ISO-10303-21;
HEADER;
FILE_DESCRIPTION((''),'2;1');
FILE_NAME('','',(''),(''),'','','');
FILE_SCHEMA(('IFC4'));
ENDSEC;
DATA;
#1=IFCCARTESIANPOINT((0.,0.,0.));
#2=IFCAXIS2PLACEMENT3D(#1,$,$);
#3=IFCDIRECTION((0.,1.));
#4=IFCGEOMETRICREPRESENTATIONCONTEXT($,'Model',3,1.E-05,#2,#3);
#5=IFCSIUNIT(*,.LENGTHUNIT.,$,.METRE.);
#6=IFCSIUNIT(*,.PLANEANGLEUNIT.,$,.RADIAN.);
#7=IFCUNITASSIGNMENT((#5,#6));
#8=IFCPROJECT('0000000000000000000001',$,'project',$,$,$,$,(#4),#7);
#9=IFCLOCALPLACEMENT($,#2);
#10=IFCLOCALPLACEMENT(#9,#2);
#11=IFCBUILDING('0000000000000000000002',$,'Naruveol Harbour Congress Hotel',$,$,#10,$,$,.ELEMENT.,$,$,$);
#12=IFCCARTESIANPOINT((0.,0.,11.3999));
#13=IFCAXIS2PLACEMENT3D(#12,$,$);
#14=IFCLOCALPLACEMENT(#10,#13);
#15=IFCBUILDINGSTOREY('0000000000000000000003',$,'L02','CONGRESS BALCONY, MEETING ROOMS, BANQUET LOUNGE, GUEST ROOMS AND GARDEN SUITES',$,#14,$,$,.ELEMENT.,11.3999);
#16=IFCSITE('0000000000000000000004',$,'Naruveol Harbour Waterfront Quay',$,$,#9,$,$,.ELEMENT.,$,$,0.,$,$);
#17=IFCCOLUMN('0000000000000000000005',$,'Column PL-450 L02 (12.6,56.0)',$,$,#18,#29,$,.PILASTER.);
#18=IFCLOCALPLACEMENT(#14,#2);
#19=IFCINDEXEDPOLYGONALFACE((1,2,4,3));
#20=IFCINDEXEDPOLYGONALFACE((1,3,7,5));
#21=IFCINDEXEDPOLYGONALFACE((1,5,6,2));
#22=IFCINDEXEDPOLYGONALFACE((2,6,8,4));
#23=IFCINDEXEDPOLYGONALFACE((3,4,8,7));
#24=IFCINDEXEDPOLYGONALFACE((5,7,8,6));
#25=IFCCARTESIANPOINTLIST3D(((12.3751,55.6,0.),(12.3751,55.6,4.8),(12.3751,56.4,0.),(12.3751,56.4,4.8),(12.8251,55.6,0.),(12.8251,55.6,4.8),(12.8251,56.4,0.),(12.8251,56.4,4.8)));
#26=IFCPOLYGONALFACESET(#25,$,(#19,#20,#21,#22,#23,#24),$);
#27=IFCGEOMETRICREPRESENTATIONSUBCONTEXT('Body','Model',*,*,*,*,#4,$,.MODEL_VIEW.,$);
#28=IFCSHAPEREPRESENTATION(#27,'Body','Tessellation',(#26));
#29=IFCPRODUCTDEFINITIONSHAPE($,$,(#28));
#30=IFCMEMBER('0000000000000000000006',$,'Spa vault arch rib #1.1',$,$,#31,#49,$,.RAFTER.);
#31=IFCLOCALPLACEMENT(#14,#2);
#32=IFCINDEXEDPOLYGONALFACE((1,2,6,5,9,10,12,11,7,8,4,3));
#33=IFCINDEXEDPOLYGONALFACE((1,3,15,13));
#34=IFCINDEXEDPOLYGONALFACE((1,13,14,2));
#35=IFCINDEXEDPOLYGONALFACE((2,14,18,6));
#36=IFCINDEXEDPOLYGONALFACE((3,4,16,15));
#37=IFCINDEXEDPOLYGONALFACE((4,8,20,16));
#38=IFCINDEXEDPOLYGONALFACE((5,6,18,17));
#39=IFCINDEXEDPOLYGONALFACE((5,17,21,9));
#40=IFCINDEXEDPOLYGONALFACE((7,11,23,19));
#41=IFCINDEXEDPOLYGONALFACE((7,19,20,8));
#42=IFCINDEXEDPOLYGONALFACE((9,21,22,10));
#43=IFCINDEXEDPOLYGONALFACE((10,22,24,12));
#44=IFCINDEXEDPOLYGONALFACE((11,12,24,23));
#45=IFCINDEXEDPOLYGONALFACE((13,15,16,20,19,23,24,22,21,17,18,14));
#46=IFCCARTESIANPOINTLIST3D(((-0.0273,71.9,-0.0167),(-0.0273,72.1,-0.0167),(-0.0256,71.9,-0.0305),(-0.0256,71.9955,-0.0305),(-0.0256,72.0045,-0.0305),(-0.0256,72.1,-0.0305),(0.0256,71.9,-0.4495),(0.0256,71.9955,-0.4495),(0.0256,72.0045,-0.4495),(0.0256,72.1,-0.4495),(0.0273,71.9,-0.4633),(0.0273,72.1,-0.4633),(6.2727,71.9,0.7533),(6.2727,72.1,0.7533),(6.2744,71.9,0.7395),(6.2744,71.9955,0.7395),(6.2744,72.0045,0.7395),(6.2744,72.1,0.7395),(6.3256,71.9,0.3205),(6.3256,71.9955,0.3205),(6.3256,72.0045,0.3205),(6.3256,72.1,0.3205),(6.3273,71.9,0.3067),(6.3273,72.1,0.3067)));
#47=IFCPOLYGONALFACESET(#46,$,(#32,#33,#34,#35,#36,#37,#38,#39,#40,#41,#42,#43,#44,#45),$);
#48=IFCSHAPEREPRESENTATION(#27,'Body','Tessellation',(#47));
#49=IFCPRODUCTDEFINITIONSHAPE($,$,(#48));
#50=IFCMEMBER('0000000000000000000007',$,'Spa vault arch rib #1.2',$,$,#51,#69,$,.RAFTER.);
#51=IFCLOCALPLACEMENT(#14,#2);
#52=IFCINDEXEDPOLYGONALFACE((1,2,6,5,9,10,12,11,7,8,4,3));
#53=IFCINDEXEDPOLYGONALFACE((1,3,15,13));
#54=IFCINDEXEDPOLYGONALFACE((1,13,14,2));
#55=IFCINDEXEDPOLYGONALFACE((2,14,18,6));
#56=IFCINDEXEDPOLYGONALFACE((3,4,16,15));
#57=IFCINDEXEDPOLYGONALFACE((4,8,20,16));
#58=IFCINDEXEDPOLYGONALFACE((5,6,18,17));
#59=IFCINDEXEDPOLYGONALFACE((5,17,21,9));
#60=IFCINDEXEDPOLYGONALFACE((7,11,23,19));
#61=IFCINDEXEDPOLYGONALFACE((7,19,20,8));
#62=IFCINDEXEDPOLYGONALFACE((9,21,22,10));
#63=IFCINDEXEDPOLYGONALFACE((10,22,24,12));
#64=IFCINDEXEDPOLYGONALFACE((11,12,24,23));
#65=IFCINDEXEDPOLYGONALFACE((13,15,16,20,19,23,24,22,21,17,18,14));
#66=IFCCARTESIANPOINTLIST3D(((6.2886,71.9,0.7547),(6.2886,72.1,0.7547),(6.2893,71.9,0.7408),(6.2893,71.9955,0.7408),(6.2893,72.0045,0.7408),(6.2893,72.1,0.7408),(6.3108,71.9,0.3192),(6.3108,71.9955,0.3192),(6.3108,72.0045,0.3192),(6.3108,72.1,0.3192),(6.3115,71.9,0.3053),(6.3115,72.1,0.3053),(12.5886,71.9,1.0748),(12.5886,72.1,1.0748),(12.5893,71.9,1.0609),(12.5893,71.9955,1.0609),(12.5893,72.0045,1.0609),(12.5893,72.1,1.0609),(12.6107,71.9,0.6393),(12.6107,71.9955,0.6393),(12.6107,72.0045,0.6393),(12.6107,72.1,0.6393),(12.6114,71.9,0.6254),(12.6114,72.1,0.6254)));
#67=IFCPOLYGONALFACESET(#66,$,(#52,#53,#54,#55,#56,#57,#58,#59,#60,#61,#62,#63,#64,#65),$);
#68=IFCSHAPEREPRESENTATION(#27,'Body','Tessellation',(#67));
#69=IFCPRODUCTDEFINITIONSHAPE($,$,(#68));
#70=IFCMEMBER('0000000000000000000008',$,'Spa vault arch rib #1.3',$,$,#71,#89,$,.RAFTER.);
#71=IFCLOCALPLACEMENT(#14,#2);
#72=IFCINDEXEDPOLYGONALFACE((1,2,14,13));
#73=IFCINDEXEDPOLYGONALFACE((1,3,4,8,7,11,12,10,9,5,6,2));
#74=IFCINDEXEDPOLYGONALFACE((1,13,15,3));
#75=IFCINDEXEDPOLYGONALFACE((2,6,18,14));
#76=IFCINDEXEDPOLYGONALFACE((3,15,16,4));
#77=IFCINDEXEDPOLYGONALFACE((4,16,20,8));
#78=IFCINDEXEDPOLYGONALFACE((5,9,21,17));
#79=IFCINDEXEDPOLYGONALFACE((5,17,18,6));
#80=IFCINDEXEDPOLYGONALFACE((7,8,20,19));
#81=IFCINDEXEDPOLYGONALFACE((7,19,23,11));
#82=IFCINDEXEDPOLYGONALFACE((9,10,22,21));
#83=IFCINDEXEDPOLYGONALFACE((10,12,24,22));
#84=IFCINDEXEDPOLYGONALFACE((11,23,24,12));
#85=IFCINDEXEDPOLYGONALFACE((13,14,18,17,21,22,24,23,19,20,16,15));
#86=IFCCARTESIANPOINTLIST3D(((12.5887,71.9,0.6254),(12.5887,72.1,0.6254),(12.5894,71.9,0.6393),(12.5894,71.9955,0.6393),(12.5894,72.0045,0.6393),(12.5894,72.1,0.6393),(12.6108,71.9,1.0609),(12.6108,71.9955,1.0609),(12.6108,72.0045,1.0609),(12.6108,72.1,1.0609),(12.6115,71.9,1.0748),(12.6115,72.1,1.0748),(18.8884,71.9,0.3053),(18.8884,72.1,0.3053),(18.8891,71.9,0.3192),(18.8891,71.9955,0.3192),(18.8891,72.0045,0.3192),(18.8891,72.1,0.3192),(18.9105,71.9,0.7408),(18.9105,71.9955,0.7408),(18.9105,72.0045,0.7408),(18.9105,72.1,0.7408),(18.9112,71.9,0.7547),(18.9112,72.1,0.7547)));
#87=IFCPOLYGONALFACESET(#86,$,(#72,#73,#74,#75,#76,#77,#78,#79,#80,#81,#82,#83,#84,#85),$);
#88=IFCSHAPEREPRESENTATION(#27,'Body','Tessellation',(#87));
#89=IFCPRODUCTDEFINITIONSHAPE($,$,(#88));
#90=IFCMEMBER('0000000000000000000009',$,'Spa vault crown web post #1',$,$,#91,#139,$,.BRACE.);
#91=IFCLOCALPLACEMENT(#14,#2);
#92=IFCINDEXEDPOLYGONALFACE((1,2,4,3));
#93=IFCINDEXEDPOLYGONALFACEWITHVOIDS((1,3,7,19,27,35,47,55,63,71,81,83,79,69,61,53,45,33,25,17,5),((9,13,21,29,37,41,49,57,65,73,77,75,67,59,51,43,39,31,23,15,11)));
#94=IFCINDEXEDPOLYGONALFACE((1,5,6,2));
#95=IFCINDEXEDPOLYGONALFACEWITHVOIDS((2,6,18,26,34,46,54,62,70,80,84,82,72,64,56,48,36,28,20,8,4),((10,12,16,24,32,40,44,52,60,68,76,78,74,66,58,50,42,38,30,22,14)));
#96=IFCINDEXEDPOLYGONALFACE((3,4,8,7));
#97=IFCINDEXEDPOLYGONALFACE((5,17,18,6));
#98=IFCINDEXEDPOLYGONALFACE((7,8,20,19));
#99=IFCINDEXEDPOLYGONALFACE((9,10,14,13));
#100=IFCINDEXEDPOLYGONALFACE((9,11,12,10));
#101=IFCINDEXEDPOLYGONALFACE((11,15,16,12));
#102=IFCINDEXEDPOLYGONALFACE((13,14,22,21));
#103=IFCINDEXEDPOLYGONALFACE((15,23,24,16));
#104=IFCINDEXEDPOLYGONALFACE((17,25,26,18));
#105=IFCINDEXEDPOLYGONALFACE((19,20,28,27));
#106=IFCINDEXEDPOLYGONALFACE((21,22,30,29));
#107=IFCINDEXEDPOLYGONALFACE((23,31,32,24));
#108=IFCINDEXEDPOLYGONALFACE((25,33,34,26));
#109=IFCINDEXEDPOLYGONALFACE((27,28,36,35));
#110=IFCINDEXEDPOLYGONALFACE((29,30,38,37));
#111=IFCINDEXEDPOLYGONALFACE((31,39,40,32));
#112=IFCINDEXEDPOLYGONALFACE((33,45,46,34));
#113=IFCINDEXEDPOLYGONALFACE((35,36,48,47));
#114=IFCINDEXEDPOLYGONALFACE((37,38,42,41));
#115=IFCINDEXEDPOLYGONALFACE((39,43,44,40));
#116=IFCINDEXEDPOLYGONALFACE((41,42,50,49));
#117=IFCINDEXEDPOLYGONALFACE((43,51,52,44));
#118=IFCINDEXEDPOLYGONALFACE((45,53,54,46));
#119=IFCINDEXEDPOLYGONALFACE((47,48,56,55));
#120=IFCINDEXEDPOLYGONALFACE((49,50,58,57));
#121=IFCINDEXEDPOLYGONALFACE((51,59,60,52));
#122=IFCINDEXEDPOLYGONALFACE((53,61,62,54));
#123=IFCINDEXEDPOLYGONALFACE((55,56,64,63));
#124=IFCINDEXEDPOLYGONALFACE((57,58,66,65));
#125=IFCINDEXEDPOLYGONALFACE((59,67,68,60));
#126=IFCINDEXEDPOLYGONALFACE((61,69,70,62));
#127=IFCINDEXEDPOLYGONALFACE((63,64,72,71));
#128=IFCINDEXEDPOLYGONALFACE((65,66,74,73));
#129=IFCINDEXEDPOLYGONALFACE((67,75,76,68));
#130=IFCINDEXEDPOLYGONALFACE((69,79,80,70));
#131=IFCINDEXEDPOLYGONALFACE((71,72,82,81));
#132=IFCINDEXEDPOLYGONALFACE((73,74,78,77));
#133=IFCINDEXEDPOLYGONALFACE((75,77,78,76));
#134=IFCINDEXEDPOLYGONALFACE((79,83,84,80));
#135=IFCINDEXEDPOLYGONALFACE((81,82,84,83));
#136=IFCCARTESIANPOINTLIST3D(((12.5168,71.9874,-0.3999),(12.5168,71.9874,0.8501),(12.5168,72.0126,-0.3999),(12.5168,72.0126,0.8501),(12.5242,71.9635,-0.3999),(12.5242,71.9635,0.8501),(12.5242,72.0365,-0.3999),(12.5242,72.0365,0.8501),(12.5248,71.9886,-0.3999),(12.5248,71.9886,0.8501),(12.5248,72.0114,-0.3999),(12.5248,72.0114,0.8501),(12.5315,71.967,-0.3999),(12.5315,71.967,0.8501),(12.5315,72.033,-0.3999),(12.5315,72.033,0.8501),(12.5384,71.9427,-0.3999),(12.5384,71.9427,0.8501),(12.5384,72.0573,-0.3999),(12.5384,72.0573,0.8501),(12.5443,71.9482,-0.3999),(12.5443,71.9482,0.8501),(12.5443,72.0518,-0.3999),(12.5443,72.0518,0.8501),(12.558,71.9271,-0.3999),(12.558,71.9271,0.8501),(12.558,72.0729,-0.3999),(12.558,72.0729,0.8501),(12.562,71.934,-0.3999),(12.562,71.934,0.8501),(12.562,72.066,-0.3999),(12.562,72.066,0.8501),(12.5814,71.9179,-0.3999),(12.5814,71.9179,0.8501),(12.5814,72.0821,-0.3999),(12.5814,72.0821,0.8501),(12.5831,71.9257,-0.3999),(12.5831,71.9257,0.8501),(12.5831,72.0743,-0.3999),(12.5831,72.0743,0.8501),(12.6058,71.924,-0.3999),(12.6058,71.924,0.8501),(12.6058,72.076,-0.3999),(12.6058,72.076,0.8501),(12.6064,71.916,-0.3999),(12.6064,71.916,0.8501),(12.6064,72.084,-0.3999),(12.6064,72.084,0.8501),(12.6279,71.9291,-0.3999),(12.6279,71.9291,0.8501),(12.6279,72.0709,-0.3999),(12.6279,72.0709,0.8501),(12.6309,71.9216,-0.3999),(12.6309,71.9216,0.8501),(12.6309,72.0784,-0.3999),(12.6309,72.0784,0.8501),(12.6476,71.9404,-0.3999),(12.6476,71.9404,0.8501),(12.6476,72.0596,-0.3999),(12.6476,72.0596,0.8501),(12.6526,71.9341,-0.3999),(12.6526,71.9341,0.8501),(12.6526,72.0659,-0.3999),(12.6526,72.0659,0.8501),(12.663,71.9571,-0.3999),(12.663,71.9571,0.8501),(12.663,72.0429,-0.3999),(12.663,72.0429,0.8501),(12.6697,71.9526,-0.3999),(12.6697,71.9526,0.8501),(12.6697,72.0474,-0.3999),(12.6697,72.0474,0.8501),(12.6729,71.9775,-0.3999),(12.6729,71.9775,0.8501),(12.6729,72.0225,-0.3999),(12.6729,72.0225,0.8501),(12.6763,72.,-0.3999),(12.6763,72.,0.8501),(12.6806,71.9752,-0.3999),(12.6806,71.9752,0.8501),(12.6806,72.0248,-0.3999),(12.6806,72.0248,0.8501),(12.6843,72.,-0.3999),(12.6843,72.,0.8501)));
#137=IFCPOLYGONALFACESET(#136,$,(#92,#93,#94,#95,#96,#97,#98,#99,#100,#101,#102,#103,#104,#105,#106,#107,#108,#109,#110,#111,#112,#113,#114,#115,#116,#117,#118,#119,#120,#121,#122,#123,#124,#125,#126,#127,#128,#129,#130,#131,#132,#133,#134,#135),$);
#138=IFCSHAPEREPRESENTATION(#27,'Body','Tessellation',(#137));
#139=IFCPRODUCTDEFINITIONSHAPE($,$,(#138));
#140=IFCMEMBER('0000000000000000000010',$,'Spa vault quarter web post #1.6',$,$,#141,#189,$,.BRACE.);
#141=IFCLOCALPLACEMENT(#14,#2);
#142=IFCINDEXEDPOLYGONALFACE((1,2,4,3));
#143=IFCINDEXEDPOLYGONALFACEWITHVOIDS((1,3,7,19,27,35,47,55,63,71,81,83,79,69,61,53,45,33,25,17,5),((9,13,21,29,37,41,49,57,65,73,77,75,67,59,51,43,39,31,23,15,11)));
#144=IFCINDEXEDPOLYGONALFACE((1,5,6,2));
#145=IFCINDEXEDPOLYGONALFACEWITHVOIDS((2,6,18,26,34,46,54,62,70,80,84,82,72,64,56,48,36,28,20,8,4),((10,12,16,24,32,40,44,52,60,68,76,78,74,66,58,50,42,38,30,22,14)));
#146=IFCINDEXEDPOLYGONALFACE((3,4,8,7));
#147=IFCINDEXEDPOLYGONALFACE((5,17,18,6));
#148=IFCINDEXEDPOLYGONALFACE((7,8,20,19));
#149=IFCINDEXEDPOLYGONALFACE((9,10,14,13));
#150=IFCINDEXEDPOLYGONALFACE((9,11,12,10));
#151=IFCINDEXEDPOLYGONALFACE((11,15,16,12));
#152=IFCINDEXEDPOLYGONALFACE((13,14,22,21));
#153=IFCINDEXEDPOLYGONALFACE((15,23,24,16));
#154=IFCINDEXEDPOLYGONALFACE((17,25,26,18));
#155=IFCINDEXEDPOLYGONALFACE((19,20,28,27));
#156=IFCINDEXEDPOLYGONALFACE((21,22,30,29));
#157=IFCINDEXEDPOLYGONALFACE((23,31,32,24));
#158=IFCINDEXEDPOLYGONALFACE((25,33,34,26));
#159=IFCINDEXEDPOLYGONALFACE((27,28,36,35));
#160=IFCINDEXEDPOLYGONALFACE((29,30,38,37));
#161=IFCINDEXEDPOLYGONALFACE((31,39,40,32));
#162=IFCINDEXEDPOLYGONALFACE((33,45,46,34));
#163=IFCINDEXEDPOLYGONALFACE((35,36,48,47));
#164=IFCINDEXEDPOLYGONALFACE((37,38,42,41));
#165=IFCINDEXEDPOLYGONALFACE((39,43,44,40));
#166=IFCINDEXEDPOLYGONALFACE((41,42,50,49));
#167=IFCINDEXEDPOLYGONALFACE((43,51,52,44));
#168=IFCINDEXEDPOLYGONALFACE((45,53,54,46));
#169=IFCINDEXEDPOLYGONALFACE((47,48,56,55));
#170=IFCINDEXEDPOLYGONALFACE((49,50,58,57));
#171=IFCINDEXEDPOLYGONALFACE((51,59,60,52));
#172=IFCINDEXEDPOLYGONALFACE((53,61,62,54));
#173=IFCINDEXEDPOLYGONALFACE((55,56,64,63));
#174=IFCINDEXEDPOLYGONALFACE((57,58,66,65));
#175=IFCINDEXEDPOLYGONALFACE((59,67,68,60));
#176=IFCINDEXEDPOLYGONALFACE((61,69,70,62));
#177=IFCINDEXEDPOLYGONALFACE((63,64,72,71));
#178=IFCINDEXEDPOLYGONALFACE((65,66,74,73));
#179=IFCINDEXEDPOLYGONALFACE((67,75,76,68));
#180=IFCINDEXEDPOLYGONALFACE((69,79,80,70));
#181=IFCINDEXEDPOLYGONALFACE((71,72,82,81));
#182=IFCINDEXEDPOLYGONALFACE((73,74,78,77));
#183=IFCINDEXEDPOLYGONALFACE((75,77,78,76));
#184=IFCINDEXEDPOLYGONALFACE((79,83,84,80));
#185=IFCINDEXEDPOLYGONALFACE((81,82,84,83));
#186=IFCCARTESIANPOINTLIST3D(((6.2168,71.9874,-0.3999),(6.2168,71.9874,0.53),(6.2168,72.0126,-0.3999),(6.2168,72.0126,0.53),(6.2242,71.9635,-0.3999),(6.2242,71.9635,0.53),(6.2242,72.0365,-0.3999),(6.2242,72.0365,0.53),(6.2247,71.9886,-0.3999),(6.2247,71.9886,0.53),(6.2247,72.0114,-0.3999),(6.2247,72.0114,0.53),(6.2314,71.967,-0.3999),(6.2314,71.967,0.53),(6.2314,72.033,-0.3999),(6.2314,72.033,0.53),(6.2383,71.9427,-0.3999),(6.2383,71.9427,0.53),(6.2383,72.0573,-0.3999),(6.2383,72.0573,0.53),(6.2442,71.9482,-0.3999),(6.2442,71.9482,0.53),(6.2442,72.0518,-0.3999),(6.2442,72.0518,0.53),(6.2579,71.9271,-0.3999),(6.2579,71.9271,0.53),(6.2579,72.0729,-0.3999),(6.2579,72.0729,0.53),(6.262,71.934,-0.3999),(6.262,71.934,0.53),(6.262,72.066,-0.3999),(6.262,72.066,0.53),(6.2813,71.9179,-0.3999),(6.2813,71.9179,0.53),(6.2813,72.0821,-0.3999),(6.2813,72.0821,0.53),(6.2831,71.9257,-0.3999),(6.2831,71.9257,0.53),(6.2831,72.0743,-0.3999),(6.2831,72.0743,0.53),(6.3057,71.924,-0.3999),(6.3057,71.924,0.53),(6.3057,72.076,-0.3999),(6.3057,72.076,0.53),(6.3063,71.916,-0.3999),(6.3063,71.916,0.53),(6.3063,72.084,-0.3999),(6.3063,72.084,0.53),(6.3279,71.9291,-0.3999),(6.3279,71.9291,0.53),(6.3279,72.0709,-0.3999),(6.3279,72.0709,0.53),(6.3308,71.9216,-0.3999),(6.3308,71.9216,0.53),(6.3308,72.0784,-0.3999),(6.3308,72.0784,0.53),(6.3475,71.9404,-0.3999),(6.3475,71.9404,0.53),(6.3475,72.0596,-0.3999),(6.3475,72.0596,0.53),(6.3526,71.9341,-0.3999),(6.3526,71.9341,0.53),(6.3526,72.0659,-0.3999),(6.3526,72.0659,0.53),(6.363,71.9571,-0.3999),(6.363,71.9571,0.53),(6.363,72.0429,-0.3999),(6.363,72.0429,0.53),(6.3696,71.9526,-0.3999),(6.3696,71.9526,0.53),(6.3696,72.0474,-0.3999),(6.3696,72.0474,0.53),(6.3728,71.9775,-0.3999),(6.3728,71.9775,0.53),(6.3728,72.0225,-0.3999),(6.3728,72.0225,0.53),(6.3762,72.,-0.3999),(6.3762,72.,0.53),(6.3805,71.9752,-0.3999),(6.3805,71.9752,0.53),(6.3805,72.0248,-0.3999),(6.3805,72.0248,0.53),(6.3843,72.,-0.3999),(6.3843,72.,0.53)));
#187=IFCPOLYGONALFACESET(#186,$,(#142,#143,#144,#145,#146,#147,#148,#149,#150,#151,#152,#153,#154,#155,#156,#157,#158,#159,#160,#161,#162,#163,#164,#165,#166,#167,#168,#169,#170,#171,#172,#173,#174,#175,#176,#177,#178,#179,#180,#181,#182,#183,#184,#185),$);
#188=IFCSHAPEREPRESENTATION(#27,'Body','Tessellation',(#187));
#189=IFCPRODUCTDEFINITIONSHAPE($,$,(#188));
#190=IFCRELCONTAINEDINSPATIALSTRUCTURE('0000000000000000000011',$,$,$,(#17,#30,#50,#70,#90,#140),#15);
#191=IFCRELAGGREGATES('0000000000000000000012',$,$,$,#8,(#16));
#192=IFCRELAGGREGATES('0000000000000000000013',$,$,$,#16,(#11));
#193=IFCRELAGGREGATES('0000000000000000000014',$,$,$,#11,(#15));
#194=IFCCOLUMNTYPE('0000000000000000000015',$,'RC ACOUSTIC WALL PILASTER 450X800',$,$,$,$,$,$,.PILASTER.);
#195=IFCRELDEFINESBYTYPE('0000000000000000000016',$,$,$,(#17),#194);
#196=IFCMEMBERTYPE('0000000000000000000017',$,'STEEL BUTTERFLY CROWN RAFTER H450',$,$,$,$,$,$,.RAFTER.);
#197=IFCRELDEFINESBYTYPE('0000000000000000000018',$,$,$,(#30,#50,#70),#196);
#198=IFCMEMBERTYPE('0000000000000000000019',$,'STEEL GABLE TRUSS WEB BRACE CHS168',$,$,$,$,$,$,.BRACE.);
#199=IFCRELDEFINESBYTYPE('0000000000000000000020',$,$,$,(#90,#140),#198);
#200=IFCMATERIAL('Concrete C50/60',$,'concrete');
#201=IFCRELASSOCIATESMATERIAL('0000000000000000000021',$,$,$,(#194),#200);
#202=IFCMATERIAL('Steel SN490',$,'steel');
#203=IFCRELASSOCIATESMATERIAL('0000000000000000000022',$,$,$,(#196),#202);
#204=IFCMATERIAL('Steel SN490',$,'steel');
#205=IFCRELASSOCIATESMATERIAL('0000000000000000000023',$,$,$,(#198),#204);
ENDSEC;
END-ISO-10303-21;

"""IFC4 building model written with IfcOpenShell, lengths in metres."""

from ifc_helpers import new_model, si_unit, direction, frame, origin, origin_2d, place, context, subcontext, project, spatial, rectangle, hollow_circle, i_section, extrude, material, material_profile, profile_set, type_object, element, save


model = new_model("IFC4")

# Units and contexts
model_context = context("Model", 3, precision=1e-05, world=origin(), true_north=direction((0.0, 1.0)))
body_context = subcontext(model_context, "Body", "Model", "MODEL_VIEW")
ifc_project = project(units=[si_unit("LENGTHUNIT", "METRE"), si_unit("PLANEANGLEUNIT", "RADIAN")], contexts=[model_context])

# Site, building, storey
site_placement = place(None, origin())
site = spatial("IfcSite", under=ifc_project, at=site_placement, Name="Naruveol Harbour Waterfront Quay", CompositionType="ELEMENT", RefElevation=0.0)
building_placement = place(site_placement, origin())
building = spatial("IfcBuilding", under=site, at=building_placement, Name="Naruveol Harbour Congress Hotel", CompositionType="ELEMENT")
storey_placement = place(building_placement, frame((0.0, 0.0, 11.3999)))
storey = spatial("IfcBuildingStorey", under=building, at=storey_placement, Name="L02", Description="CONGRESS BALCONY, MEETING ROOMS, BANQUET LOUNGE, GUEST ROOMS AND GARDEN SUITES", CompositionType="ELEMENT", Elevation=11.3999)

# Column
ifc_material_1 = material(Name="Concrete C50/60", Category="concrete")
ifc_material_profile_1 = material_profile(ifc_material_1, rectangle(XDim=0.45, YDim=0.8, at=origin_2d()), Name="RC-450x800")
ifc_profile_set_1 = profile_set([ifc_material_profile_1], Name="Concrete C50/60")
column_type = type_object("IfcColumnType", Name="RC ACOUSTIC WALL PILASTER 450X800", PredefinedType="PILASTER", material=ifc_profile_set_1)
column_placement = place(storey_placement, frame((12.6001, 56.0, 0.0), z_axis=(0.0, 0.0, 1.0), x_axis=(1.0, 0.0, 0.0)))
element("IfcColumn", 1, at=column_placement, inside=storey, type_object=column_type, Name="Column PL-450 L02 (12.6,56.0)", PredefinedType="PILASTER", context=body_context, shape_type="SweptSolid", body=[
    extrude(rectangle(XDim=0.45, YDim=0.8, at=origin_2d()), origin(), (0.0, 0.0, 1.0), 4.8),
])

# Members
ifc_material_2 = material(Name="Steel SN490", Category="steel")
ifc_material_profile_2 = material_profile(ifc_material_2, i_section(OverallWidth=0.2, OverallDepth=0.45, WebThickness=0.009, FlangeThickness=0.0139, at=origin_2d()), Name="H-450x200x9x14")
ifc_profile_set_2 = profile_set([ifc_material_profile_2], Name="Steel SN490")
member_type_1 = type_object("IfcMemberType", Name="STEEL BUTTERFLY CROWN RAFTER H450", PredefinedType="RAFTER", material=ifc_profile_set_2)
member_1_placement = place(storey_placement, frame((0.0, 72.0, -0.24), z_axis=(0.992613, 0.0, 0.121322), x_axis=(0.0, 1.0, 0.0)))
element("IfcMember", 2, at=member_1_placement, inside=storey, type_object=member_type_1, Name="Spa vault arch rib #1.1", PredefinedType="RAFTER", context=body_context, shape_type="SweptSolid", body=[
    extrude(i_section(OverallWidth=0.2, OverallDepth=0.45, WebThickness=0.009, FlangeThickness=0.0139, at=origin_2d()), origin(), (0.0, 0.0, 1.0), 6.3469),
])
member_2_placement = place(storey_placement, frame((6.3, 72.0, 0.53), z_axis=(0.998712, 0.0, 0.050739), x_axis=(0.0, 1.0, 0.0)))
element("IfcMember", 3, at=member_2_placement, inside=storey, type_object=member_type_1, Name="Spa vault arch rib #1.2", PredefinedType="RAFTER", context=body_context, shape_type="SweptSolid", body=[
    extrude(i_section(OverallWidth=0.2, OverallDepth=0.45, WebThickness=0.009, FlangeThickness=0.0139, at=origin_2d()), origin(), (0.0, 0.0, 1.0), 6.3081),
])
member_3_placement = place(storey_placement, frame((12.6001, 72.0, 0.8501), z_axis=(0.998712, 0.0, -0.050741), x_axis=(0.0, 1.0, 0.0)))
element("IfcMember", 4, at=member_3_placement, inside=storey, type_object=member_type_1, Name="Spa vault arch rib #1.3", PredefinedType="RAFTER", context=body_context, shape_type="SweptSolid", body=[
    extrude(i_section(OverallWidth=0.2, OverallDepth=0.45, WebThickness=0.009, FlangeThickness=0.0139, at=origin_2d()), origin(), (0.0, 0.0, 1.0), 6.3079),
])
ifc_material_3 = material(Name="Steel SN490", Category="steel")
ifc_material_profile_3 = material_profile(ifc_material_3, hollow_circle(Radius=0.0842, WallThickness=0.0081, at=origin_2d()), Name="CHS-168.3x8")
ifc_profile_set_3 = profile_set([ifc_material_profile_3], Name="Steel SN490")
member_type_2 = type_object("IfcMemberType", Name="STEEL GABLE TRUSS WEB BRACE CHS168", PredefinedType="BRACE", material=ifc_profile_set_3)
member_4_placement = place(storey_placement, frame((12.6001, 72.0, -0.3999), z_axis=(0.0, 0.0, 1.0), x_axis=(1.0, 0.0, 0.0)))
element("IfcMember", 5, at=member_4_placement, inside=storey, type_object=member_type_2, Name="Spa vault crown web post #1", PredefinedType="BRACE", context=body_context, shape_type="SweptSolid", body=[
    extrude(hollow_circle(Radius=0.0842, WallThickness=0.0081, at=origin_2d()), origin(), (0.0, 0.0, 1.0), 1.25),
])
member_5_placement = place(storey_placement, frame((6.3, 72.0, -0.3999), z_axis=(0.0, 0.0, 1.0), x_axis=(1.0, 0.0, 0.0)))
element("IfcMember", 6, at=member_5_placement, inside=storey, type_object=member_type_2, Name="Spa vault quarter web post #1.6", PredefinedType="BRACE", context=body_context, shape_type="SweptSolid", body=[
    extrude(hollow_circle(Radius=0.0842, WallThickness=0.0081, at=origin_2d()), origin(), (0.0, 0.0, 1.0), 0.9299),
])

save(model, "model.ifc")
